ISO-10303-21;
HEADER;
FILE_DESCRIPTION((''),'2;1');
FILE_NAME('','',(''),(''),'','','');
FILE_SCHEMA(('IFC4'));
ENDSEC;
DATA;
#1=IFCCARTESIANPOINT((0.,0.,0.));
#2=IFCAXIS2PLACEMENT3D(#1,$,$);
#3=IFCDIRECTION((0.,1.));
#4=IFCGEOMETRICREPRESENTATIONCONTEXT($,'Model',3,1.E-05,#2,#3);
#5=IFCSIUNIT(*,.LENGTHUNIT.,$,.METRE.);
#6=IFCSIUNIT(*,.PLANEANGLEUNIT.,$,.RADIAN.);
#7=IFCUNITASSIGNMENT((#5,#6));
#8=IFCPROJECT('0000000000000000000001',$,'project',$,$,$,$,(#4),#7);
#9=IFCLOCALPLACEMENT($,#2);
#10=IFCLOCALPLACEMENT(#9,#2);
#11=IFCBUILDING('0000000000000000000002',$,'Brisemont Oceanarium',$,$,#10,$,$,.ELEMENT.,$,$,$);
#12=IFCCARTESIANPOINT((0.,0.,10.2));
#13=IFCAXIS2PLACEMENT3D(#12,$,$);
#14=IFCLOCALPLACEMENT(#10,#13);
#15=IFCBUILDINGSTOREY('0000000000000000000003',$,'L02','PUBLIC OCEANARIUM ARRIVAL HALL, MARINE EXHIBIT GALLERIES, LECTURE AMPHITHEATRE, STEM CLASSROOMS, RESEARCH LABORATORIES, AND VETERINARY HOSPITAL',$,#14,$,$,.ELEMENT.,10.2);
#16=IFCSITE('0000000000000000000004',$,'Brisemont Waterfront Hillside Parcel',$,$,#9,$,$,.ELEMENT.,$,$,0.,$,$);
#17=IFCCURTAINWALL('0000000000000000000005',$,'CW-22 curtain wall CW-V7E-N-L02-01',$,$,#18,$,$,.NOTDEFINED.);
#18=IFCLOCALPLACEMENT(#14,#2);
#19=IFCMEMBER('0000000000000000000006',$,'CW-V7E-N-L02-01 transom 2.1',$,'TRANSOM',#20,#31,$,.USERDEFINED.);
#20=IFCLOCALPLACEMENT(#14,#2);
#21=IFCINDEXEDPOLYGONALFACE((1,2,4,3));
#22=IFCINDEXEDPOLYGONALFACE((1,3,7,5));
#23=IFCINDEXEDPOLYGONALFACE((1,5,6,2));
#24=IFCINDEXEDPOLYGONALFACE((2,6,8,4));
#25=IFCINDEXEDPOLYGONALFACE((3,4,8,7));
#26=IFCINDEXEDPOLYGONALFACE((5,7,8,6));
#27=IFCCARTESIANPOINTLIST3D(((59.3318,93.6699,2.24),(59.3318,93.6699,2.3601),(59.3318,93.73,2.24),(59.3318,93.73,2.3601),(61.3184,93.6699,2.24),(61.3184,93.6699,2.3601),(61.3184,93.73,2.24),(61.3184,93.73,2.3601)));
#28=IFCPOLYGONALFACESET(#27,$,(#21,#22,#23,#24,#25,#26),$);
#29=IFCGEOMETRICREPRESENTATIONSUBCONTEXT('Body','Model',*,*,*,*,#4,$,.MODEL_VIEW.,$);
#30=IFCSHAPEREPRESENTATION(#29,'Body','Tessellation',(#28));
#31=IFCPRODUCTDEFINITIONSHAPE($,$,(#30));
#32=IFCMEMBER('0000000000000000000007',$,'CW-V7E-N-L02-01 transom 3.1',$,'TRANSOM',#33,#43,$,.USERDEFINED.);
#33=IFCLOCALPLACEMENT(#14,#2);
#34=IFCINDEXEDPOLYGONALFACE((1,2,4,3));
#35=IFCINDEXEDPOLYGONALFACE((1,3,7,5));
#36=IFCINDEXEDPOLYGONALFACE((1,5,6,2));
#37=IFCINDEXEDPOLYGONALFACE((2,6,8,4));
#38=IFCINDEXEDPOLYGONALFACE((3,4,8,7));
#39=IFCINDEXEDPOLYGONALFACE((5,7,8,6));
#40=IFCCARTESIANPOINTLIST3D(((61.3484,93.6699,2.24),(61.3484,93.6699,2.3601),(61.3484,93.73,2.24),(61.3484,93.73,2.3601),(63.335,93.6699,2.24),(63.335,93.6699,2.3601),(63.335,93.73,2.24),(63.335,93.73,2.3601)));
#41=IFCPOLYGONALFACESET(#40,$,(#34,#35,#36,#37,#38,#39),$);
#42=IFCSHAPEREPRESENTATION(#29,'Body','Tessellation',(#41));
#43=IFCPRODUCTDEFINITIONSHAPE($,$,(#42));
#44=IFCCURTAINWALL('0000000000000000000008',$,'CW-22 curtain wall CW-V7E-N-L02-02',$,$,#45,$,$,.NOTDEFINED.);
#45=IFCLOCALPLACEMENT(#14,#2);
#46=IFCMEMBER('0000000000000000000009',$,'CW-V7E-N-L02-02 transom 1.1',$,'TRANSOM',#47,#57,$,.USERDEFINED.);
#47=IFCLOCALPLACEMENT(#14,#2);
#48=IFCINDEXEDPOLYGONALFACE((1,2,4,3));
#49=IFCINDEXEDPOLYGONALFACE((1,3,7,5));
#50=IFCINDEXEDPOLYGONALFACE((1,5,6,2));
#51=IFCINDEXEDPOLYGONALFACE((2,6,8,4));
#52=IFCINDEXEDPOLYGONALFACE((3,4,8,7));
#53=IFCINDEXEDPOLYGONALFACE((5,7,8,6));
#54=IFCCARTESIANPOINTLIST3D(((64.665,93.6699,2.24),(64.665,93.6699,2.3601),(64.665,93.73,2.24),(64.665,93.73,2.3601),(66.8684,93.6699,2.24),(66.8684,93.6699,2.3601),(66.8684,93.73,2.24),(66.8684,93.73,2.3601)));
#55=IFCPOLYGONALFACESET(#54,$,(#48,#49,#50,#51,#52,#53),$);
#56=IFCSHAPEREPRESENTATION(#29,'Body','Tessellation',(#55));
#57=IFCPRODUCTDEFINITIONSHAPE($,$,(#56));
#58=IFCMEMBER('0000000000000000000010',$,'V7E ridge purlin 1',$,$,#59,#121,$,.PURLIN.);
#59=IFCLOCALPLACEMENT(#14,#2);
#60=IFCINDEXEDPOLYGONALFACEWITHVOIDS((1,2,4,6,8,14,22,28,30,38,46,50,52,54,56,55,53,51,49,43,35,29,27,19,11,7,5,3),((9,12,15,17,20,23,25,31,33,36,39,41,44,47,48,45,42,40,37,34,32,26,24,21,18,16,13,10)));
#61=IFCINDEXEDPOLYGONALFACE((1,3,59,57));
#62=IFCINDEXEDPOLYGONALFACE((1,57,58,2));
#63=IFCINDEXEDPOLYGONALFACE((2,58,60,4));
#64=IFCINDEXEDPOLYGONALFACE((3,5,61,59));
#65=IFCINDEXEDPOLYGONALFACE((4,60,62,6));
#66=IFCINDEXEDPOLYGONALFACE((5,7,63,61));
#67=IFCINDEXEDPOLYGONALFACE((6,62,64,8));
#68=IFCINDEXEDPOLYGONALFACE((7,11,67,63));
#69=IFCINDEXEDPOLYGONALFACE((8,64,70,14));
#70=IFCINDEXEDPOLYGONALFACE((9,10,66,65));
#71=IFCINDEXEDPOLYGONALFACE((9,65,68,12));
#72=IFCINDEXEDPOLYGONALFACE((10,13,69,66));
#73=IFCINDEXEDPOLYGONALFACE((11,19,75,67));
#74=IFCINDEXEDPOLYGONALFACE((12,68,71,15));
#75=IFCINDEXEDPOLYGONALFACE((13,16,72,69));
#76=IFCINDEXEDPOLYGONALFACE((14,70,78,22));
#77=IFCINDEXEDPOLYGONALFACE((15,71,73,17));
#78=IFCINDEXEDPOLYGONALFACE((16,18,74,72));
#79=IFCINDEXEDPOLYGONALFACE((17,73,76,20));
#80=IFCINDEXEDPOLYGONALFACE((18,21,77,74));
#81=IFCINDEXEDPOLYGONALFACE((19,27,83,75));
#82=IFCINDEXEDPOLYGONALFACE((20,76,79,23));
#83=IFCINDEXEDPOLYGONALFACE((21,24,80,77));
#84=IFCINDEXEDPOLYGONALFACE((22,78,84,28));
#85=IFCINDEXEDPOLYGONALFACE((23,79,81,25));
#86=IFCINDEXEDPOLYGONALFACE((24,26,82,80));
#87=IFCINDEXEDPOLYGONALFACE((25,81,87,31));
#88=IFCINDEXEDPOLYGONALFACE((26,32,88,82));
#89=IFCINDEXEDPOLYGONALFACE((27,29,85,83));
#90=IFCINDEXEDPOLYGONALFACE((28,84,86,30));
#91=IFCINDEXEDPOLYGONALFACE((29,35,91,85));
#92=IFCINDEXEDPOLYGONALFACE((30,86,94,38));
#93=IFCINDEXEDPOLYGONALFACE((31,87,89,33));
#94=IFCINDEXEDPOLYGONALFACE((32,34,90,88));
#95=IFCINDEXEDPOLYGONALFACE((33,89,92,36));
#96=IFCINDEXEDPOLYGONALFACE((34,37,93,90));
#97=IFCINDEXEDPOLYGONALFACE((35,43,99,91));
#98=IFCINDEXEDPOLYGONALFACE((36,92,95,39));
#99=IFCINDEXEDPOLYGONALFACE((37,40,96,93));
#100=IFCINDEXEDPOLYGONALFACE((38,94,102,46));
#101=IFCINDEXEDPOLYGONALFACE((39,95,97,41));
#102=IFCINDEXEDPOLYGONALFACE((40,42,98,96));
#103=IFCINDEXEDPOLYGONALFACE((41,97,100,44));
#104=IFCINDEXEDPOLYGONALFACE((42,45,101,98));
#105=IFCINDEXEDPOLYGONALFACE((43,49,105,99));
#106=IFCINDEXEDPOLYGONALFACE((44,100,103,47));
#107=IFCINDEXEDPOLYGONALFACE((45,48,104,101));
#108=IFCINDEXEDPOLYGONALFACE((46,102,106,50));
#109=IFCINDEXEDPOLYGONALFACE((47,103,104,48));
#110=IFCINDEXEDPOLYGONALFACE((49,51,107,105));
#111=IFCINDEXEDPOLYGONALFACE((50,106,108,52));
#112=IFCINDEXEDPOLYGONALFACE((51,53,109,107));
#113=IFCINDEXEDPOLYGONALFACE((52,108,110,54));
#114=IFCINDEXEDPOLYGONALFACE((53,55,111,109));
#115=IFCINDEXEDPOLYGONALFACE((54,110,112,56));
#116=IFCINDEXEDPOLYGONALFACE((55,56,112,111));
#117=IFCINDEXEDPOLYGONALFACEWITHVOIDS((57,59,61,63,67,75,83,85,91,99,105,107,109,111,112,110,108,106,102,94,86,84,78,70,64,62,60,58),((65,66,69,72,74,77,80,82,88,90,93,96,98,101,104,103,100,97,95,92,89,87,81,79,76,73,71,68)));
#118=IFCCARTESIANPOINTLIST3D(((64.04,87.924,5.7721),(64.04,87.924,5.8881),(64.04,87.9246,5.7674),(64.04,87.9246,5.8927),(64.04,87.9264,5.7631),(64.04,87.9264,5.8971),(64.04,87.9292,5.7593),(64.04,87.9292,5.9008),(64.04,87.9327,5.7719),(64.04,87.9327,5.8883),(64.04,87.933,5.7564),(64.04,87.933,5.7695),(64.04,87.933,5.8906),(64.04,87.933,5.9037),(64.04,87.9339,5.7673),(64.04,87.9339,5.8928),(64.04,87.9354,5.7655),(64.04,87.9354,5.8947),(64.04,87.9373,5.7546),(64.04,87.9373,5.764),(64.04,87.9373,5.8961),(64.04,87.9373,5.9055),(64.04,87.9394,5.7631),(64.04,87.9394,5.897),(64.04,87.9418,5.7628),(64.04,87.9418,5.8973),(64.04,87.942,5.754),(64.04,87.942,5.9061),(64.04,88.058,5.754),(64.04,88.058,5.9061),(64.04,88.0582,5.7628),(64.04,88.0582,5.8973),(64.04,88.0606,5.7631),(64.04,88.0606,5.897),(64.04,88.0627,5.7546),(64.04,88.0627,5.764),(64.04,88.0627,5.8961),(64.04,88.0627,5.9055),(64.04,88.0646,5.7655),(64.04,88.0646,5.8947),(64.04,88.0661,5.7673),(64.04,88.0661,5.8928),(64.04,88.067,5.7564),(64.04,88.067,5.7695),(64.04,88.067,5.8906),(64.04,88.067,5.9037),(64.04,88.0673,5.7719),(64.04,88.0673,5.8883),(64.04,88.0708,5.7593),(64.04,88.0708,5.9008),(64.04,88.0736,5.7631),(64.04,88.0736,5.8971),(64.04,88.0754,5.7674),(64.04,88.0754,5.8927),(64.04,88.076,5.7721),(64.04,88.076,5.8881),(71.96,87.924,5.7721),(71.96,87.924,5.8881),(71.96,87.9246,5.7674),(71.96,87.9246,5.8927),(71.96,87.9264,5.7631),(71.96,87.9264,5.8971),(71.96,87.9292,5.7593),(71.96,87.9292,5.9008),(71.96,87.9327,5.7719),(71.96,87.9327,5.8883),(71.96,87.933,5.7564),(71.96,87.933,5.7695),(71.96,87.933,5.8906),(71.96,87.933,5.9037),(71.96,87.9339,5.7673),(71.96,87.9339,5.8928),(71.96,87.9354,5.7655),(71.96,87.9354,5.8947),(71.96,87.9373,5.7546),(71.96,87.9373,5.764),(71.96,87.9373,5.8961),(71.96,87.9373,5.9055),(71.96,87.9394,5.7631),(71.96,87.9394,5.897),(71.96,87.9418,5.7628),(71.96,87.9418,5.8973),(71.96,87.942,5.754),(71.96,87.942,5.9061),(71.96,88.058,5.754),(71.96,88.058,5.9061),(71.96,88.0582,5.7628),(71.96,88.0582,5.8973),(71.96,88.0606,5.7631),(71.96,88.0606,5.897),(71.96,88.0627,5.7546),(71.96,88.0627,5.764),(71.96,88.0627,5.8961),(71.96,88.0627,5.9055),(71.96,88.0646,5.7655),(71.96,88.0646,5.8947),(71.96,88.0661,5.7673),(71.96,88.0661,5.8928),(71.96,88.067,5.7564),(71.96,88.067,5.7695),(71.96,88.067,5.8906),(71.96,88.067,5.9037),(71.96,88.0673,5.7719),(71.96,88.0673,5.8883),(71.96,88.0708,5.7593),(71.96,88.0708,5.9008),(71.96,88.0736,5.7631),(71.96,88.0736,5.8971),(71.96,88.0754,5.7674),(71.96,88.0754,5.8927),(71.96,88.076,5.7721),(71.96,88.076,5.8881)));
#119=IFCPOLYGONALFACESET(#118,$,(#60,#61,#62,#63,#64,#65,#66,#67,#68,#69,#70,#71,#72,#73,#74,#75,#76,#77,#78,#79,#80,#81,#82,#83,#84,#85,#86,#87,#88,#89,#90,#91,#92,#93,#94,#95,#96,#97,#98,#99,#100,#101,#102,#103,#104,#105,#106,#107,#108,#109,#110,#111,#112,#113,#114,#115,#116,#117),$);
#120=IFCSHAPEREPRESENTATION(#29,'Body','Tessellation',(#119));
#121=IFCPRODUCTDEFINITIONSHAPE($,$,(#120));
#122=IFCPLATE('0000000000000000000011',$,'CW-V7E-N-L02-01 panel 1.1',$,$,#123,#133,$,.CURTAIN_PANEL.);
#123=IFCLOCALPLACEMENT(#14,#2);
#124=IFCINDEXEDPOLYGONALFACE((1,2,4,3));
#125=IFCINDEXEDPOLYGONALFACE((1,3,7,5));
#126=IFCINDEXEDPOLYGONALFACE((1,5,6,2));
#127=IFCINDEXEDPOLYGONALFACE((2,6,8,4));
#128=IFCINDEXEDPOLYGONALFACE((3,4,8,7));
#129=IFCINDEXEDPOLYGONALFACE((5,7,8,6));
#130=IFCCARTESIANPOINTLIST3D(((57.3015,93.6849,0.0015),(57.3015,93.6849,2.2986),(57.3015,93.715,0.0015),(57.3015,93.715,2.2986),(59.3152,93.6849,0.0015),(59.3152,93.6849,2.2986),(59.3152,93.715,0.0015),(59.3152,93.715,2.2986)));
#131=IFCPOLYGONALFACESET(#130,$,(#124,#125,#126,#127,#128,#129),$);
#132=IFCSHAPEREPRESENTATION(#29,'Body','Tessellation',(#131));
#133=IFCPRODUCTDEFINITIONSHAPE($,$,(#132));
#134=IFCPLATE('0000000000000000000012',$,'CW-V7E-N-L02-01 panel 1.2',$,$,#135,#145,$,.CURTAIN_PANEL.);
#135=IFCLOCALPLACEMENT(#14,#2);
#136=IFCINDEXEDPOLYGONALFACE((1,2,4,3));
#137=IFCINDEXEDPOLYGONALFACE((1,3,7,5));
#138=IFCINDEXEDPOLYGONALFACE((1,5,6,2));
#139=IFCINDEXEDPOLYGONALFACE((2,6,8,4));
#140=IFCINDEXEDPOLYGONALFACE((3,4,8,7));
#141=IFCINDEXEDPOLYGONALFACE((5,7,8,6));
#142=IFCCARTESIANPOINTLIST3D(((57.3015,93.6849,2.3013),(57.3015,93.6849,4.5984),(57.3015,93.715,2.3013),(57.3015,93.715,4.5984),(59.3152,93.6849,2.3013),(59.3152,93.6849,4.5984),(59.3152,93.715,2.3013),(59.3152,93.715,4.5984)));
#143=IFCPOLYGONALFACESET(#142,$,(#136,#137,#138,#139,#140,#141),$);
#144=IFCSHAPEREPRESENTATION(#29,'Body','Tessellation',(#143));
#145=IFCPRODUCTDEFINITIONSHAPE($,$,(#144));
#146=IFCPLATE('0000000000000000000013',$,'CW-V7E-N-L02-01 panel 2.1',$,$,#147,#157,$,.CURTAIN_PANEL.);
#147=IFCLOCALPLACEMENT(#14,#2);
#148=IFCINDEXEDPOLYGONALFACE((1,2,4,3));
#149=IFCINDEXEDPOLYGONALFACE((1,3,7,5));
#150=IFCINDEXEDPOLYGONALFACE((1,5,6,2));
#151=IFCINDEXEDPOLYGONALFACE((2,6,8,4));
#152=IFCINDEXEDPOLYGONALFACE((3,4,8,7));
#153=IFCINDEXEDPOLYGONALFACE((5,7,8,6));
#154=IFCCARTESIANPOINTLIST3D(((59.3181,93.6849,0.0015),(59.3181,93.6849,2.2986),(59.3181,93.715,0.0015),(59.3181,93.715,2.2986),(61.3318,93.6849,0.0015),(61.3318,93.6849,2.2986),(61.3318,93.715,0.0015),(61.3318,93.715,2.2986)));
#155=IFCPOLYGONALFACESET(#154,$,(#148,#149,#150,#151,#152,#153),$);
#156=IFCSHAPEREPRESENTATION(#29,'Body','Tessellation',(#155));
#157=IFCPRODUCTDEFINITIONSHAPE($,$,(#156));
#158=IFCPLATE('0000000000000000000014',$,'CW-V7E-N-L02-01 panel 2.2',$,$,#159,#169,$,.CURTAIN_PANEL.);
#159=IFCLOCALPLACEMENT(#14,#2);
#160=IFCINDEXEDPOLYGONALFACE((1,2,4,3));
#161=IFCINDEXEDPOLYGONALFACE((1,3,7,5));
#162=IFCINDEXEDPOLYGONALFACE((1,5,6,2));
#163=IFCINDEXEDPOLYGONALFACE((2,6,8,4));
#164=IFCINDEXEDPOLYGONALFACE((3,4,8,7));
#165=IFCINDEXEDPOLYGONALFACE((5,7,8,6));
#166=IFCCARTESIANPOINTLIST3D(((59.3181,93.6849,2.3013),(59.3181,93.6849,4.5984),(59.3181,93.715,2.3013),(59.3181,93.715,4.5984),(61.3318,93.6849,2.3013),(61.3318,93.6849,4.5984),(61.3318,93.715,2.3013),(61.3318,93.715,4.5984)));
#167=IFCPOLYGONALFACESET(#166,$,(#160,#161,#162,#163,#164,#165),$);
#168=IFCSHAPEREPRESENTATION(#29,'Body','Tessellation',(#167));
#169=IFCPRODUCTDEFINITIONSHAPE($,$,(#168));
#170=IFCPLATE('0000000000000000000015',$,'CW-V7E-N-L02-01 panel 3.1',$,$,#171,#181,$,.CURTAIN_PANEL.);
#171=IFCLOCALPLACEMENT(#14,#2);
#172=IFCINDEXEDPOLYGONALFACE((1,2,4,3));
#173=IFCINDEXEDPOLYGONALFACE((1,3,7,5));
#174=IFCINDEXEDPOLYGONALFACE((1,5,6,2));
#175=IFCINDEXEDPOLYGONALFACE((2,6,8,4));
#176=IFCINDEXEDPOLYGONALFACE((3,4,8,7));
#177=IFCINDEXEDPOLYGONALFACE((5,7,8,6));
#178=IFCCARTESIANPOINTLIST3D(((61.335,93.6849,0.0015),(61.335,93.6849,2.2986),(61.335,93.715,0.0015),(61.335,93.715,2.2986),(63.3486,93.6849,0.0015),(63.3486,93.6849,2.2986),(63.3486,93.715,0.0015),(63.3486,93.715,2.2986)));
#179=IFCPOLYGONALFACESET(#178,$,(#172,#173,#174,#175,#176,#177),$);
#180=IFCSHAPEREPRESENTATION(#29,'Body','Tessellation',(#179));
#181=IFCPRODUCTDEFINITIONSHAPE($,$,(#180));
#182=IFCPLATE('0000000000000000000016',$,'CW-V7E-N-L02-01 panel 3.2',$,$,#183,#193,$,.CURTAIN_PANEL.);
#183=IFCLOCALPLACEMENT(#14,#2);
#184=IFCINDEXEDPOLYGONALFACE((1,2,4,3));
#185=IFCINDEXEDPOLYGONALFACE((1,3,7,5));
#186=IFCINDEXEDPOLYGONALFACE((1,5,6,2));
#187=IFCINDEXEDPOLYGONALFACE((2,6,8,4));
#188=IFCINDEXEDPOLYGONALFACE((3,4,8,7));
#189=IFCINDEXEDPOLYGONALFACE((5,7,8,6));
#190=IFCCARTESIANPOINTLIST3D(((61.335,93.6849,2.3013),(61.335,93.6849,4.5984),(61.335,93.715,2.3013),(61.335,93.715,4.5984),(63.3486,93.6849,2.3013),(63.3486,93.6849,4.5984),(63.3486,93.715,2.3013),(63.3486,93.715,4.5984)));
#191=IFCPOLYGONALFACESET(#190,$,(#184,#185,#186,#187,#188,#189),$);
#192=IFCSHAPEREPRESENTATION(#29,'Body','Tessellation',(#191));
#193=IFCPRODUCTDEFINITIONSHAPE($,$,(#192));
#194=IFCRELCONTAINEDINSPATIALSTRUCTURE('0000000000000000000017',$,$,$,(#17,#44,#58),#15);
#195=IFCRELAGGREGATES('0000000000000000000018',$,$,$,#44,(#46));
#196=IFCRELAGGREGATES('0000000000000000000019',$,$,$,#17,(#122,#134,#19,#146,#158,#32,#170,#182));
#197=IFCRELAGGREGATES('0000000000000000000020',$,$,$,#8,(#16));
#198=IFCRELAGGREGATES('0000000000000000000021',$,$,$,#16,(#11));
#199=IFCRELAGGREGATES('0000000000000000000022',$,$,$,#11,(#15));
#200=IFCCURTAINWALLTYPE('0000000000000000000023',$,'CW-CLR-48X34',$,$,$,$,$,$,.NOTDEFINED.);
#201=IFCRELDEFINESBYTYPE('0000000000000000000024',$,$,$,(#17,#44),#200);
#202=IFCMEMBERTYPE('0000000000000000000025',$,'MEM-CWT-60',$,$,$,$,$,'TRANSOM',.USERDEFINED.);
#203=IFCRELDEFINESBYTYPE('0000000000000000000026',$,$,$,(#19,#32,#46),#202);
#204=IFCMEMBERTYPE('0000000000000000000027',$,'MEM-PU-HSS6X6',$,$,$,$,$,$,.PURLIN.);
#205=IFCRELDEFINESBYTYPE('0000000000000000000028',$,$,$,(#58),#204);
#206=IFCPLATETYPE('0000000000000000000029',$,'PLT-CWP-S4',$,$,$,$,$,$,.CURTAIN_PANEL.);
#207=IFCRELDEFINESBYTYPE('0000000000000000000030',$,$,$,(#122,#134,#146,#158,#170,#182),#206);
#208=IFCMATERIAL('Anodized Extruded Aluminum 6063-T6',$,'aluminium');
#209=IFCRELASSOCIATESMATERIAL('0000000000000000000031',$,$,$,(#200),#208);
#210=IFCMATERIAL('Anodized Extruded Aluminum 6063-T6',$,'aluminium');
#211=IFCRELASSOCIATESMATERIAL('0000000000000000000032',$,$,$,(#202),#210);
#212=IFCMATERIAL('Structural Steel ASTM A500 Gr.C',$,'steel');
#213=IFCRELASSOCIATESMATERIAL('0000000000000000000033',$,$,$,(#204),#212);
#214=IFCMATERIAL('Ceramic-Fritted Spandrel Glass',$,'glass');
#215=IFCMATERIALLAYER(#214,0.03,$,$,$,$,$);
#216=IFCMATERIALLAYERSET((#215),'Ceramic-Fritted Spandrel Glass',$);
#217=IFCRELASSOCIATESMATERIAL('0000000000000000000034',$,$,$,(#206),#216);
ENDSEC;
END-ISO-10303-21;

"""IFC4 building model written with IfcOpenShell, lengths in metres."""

from ifc_helpers import new_model, si_unit, direction, frame, origin, origin_2d, place, context, subcontext, project, spatial, rectangle, hollow_rectangle, extrude, material, layer, layer_set, material_profile, profile_set, type_object, element, aggregate, save


model = new_model("IFC4")

# Units and contexts
model_context = context("Model", 3, precision=1e-05, world=origin(), true_north=direction((0.0, 1.0)))
body_context = subcontext(model_context, "Body", "Model", "MODEL_VIEW")
ifc_project = project(units=[si_unit("LENGTHUNIT", "METRE"), si_unit("PLANEANGLEUNIT", "RADIAN")], contexts=[model_context])

# Site, building, storey
site_placement = place(None, origin())
site = spatial("IfcSite", under=ifc_project, at=site_placement, Name="Brisemont Waterfront Hillside Parcel", CompositionType="ELEMENT", RefElevation=0.0)
building_placement = place(site_placement, origin())
building = spatial("IfcBuilding", under=site, at=building_placement, Name="Brisemont Oceanarium", CompositionType="ELEMENT")
storey_placement = place(building_placement, frame((0.0, 0.0, 10.2)))
storey = spatial("IfcBuildingStorey", under=building, at=storey_placement, Name="L02", Description="PUBLIC OCEANARIUM ARRIVAL HALL, MARINE EXHIBIT GALLERIES, LECTURE AMPHITHEATRE, STEM CLASSROOMS, RESEARCH LABORATORIES, AND VETERINARY HOSPITAL", CompositionType="ELEMENT", Elevation=10.2)

# Curtain wall, members
ifc_material_1 = material(Name="Anodized Extruded Aluminum 6063-T6", Category="aluminium")
curtain_wall_type = type_object("IfcCurtainWallType", Name="CW-CLR-48X34", PredefinedType="NOTDEFINED", material=ifc_material_1)
curtain_wall_1_placement = place(storey_placement, origin())
curtain_wall_1 = element("IfcCurtainWall", 1, at=curtain_wall_1_placement, inside=storey, type_object=curtain_wall_type, Name="CW-22 curtain wall CW-V7E-N-L02-01", PredefinedType="NOTDEFINED")
ifc_material_2 = material(Name="Anodized Extruded Aluminum 6063-T6", Category="aluminium")
ifc_material_profile_1 = material_profile(ifc_material_2, rectangle(XDim=0.0601, YDim=0.1201, at=origin_2d()), Name="CWT-60X120")
ifc_profile_set_1 = profile_set([ifc_material_profile_1], Name="Anodized Extruded Aluminum 6063-T6")
member_type_1 = type_object("IfcMemberType", Name="MEM-CWT-60", ElementType="TRANSOM", PredefinedType="USERDEFINED", material=ifc_profile_set_1)
member_1_placement = place(storey_placement, frame((59.3318, 93.7, 2.3), z_axis=(1.0, 0.0, 0.0), x_axis=(0.0, 1.0, 0.0)))
member_1 = element("IfcMember", 2, at=member_1_placement, type_object=member_type_1, Name="CW-V7E-N-L02-01 transom 2.1", ObjectType="TRANSOM", PredefinedType="USERDEFINED", context=body_context, shape_type="SweptSolid", body=[
    extrude(rectangle(XDim=0.0601, YDim=0.1201, at=origin_2d()), origin(), (0.0, 0.0, 1.0), 1.9866),
])
member_2_placement = place(storey_placement, frame((61.3484, 93.7, 2.3), z_axis=(1.0, 0.0, 0.0), x_axis=(0.0, 1.0, 0.0)))
member_2 = element("IfcMember", 3, at=member_2_placement, type_object=member_type_1, Name="CW-V7E-N-L02-01 transom 3.1", ObjectType="TRANSOM", PredefinedType="USERDEFINED", context=body_context, shape_type="SweptSolid", body=[
    extrude(rectangle(XDim=0.0601, YDim=0.1201, at=origin_2d()), origin(), (0.0, 0.0, 1.0), 1.9866),
])

# Curtain wall, member
curtain_wall_2_placement = place(storey_placement, origin())
curtain_wall_2 = element("IfcCurtainWall", 4, at=curtain_wall_2_placement, inside=storey, type_object=curtain_wall_type, Name="CW-22 curtain wall CW-V7E-N-L02-02", PredefinedType="NOTDEFINED")
member_3_placement = place(storey_placement, frame((64.665, 93.7, 2.3), z_axis=(1.0, 0.0, 0.0), x_axis=(0.0, 1.0, 0.0)))
member_3 = element("IfcMember", 5, at=member_3_placement, type_object=member_type_1, Name="CW-V7E-N-L02-02 transom 1.1", ObjectType="TRANSOM", PredefinedType="USERDEFINED", context=body_context, shape_type="SweptSolid", body=[
    extrude(rectangle(XDim=0.0601, YDim=0.1201, at=origin_2d()), origin(), (0.0, 0.0, 1.0), 2.2034),
])
aggregate(curtain_wall_2, [member_3])

# Member
ifc_material_3 = material(Name="Structural Steel ASTM A500 Gr.C", Category="steel")
ifc_material_profile_2 = material_profile(ifc_material_3, hollow_rectangle(XDim=0.1521, YDim=0.1521, WallThickness=0.0088, InnerFilletRadius=0.009, OuterFilletRadius=0.0181, at=origin_2d()), Name="HSS6X6X3/8")
ifc_profile_set_2 = profile_set([ifc_material_profile_2], Name="Structural Steel ASTM A500 Gr.C")
member_type_2 = type_object("IfcMemberType", Name="MEM-PU-HSS6X6", PredefinedType="PURLIN", material=ifc_profile_set_2)
member_4_placement = place(storey_placement, frame((64.04, 88.0, 5.8301), z_axis=(1.0, 0.0, 0.0), x_axis=(0.0, 1.0, 0.0)))
element("IfcMember", 6, at=member_4_placement, inside=storey, type_object=member_type_2, Name="V7E ridge purlin 1", PredefinedType="PURLIN", context=body_context, shape_type="SweptSolid", body=[
    extrude(hollow_rectangle(XDim=0.1521, YDim=0.1521, WallThickness=0.0088, InnerFilletRadius=0.009, OuterFilletRadius=0.0181, at=origin_2d()), origin(), (0.0, 0.0, 1.0), 7.9199),
])

# Plates
ifc_material_4 = material(Name="Ceramic-Fritted Spandrel Glass", Category="glass")
ifc_layer_1 = layer(ifc_material_4, 0.03)
ifc_layer_set_1 = layer_set([ifc_layer_1], Name="Ceramic-Fritted Spandrel Glass")
plate_type = type_object("IfcPlateType", Name="PLT-CWP-S4", PredefinedType="CURTAIN_PANEL", material=ifc_layer_set_1)
plate_1_placement = place(storey_placement, frame((58.3083, 93.7, 0.0015), z_axis=(0.0, 0.0, 1.0), x_axis=(1.0, 0.0, 0.0)))
plate_1 = element("IfcPlate", 7, at=plate_1_placement, type_object=plate_type, Name="CW-V7E-N-L02-01 panel 1.1", PredefinedType="CURTAIN_PANEL", context=body_context, shape_type="SweptSolid", body=[
    extrude(rectangle(XDim=2.0137, YDim=0.03, at=origin_2d()), origin(), (0.0, 0.0, 1.0), 2.2971),
])
plate_2_placement = place(storey_placement, frame((58.3083, 93.7, 2.3013), z_axis=(0.0, 0.0, 1.0), x_axis=(1.0, 0.0, 0.0)))
plate_2 = element("IfcPlate", 8, at=plate_2_placement, type_object=plate_type, Name="CW-V7E-N-L02-01 panel 1.2", PredefinedType="CURTAIN_PANEL", context=body_context, shape_type="SweptSolid", body=[
    extrude(rectangle(XDim=2.0137, YDim=0.03, at=origin_2d()), origin(), (0.0, 0.0, 1.0), 2.2971),
])
plate_3_placement = place(storey_placement, frame((60.325, 93.7, 0.0015), z_axis=(0.0, 0.0, 1.0), x_axis=(1.0, 0.0, 0.0)))
plate_3 = element("IfcPlate", 9, at=plate_3_placement, type_object=plate_type, Name="CW-V7E-N-L02-01 panel 2.1", PredefinedType="CURTAIN_PANEL", context=body_context, shape_type="SweptSolid", body=[
    extrude(rectangle(XDim=2.0137, YDim=0.03, at=origin_2d()), origin(), (0.0, 0.0, 1.0), 2.2971),
])
plate_4_placement = place(storey_placement, frame((60.325, 93.7, 2.3013), z_axis=(0.0, 0.0, 1.0), x_axis=(1.0, 0.0, 0.0)))
plate_4 = element("IfcPlate", 10, at=plate_4_placement, type_object=plate_type, Name="CW-V7E-N-L02-01 panel 2.2", PredefinedType="CURTAIN_PANEL", context=body_context, shape_type="SweptSolid", body=[
    extrude(rectangle(XDim=2.0137, YDim=0.03, at=origin_2d()), origin(), (0.0, 0.0, 1.0), 2.2971),
])
plate_5_placement = place(storey_placement, frame((62.3418, 93.7, 0.0015), z_axis=(0.0, 0.0, 1.0), x_axis=(1.0, 0.0, 0.0)))
plate_5 = element("IfcPlate", 11, at=plate_5_placement, type_object=plate_type, Name="CW-V7E-N-L02-01 panel 3.1", PredefinedType="CURTAIN_PANEL", context=body_context, shape_type="SweptSolid", body=[
    extrude(rectangle(XDim=2.0137, YDim=0.03, at=origin_2d()), origin(), (0.0, 0.0, 1.0), 2.2971),
])
plate_6_placement = place(storey_placement, frame((62.3418, 93.7, 2.3013), z_axis=(0.0, 0.0, 1.0), x_axis=(1.0, 0.0, 0.0)))
plate_6 = element("IfcPlate", 12, at=plate_6_placement, type_object=plate_type, Name="CW-V7E-N-L02-01 panel 3.2", PredefinedType="CURTAIN_PANEL", context=body_context, shape_type="SweptSolid", body=[
    extrude(rectangle(XDim=2.0137, YDim=0.03, at=origin_2d()), origin(), (0.0, 0.0, 1.0), 2.2971),
])
aggregate(curtain_wall_1, [plate_1, plate_2, member_1, plate_3, plate_4, member_2, plate_5, plate_6])

save(model, "model.ifc")
